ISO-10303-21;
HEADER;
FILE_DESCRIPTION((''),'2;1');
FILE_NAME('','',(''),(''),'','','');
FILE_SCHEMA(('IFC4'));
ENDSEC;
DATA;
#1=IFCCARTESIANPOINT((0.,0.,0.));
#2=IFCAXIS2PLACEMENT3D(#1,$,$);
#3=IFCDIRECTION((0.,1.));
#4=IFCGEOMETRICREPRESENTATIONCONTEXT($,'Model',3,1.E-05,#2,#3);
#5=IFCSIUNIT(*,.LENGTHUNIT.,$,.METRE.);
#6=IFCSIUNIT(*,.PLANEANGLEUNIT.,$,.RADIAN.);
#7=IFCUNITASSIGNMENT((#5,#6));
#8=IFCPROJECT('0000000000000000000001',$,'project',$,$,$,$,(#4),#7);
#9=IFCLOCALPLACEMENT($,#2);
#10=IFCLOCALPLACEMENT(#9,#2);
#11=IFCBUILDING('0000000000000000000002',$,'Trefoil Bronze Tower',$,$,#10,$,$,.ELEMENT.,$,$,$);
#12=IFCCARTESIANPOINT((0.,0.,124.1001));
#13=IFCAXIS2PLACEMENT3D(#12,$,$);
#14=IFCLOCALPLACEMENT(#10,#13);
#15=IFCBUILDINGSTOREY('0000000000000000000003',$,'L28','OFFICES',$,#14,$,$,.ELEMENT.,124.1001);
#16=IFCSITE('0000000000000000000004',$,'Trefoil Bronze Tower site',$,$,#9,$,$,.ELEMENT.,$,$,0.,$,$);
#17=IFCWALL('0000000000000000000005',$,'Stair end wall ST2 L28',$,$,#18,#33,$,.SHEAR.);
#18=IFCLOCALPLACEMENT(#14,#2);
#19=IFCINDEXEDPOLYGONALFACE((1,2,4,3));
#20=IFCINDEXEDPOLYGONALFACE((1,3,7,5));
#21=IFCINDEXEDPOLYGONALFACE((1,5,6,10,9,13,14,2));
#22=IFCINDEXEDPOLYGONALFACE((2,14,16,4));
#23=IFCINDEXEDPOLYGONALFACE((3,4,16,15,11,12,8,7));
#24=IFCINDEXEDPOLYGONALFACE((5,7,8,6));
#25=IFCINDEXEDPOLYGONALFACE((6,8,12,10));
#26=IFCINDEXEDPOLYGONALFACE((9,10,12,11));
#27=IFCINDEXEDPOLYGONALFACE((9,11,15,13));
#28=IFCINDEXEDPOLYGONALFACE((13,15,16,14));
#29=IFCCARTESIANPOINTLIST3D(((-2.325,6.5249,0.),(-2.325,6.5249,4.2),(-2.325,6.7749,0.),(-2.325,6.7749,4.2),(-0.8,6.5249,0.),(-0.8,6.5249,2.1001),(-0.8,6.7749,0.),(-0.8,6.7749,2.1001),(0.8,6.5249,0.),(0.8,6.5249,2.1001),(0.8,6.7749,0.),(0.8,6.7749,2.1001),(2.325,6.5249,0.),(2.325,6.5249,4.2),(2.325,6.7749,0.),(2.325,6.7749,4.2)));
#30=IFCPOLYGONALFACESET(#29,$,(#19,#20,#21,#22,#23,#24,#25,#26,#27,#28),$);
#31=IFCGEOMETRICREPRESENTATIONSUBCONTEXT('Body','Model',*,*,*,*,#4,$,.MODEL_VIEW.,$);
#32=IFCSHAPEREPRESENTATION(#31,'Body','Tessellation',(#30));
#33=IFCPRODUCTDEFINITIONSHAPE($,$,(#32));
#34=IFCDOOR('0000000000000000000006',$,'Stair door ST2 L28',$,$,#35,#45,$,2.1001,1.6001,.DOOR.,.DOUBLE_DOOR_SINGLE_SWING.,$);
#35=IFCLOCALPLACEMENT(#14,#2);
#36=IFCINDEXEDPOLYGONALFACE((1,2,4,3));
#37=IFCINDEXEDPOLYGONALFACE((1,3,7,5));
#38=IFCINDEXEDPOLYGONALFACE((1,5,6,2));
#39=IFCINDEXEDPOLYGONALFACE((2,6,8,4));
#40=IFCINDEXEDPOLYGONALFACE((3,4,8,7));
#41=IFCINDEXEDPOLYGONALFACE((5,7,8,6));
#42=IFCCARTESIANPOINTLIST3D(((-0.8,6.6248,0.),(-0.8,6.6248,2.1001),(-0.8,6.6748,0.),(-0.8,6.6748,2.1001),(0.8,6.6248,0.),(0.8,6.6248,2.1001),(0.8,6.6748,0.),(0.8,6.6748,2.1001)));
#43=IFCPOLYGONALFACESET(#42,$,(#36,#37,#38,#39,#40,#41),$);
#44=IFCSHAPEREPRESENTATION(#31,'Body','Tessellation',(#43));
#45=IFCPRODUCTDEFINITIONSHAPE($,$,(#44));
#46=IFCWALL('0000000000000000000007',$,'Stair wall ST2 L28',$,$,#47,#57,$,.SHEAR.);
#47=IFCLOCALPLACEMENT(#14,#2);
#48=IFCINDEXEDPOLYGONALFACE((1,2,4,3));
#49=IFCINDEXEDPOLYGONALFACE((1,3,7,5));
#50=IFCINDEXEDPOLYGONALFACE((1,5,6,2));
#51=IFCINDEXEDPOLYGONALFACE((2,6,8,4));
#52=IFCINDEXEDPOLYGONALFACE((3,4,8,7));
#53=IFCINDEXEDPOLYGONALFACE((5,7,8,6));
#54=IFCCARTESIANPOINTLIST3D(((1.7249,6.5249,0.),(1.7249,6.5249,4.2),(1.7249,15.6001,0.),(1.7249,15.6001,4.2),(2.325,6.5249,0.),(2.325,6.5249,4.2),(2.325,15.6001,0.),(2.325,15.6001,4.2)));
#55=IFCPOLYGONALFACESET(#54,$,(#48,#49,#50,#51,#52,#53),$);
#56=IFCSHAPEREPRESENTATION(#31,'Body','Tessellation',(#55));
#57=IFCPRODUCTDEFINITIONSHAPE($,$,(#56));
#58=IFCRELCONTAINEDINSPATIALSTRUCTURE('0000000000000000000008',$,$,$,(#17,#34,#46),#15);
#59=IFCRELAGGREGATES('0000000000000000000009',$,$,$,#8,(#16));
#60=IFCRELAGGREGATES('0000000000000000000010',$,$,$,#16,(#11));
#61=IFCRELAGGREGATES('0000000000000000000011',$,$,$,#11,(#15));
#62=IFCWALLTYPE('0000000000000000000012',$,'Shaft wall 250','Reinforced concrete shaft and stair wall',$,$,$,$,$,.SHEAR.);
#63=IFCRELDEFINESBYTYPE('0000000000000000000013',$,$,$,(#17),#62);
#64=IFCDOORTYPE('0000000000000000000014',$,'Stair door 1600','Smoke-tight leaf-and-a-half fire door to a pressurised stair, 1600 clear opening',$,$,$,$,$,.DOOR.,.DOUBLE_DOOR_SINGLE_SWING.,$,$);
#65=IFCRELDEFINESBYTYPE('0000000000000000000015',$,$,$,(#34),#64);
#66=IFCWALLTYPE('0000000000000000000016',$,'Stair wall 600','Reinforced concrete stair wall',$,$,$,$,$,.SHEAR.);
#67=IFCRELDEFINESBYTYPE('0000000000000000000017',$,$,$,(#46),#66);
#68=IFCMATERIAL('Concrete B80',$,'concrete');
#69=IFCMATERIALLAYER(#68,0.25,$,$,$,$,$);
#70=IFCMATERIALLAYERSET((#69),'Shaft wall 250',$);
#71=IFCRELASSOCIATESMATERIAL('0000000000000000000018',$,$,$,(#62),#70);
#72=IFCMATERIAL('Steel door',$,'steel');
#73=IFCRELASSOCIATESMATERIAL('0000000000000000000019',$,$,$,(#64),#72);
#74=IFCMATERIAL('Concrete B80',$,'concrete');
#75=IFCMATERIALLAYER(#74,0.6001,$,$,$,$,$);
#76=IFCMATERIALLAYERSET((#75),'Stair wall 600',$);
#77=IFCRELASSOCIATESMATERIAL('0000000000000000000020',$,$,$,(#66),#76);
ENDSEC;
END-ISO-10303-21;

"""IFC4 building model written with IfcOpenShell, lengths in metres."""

from ifc_helpers import new_model, si_unit, direction, frame, frame_2d, origin, place, context, subcontext, project, spatial, rectangle, extrude, material, layer, layer_set, type_object, element, fill, save


model = new_model("IFC4")

# Units and contexts
model_context = context("Model", 3, precision=1e-05, world=origin(), true_north=direction((0.0, 1.0)))
body_context = subcontext(model_context, "Body", "Model", "MODEL_VIEW")
ifc_project = project(units=[si_unit("LENGTHUNIT", "METRE"), si_unit("PLANEANGLEUNIT", "RADIAN")], contexts=[model_context])

# Site, building, storey
site_placement = place(None, origin())
site = spatial("IfcSite", under=ifc_project, at=site_placement, Name="Trefoil Bronze Tower site", CompositionType="ELEMENT", RefElevation=0.0)
building_placement = place(site_placement, origin())
building = spatial("IfcBuilding", under=site, at=building_placement, Name="Trefoil Bronze Tower", CompositionType="ELEMENT")
storey_placement = place(building_placement, frame((0.0, 0.0, 124.1001)))
storey = spatial("IfcBuildingStorey", under=building, at=storey_placement, Name="L28", Description="OFFICES", CompositionType="ELEMENT", Elevation=124.1001)

# Shared definitions
ifc_material_1 = material(Name="Concrete B80", Category="concrete")
ifc_layer_1 = layer(ifc_material_1, 0.25)
ifc_layer_set_1 = layer_set([ifc_layer_1], Name="Shaft wall 250")
wall_type_1 = type_object("IfcWallType", Name="Shaft wall 250", Description="Reinforced concrete shaft and stair wall", PredefinedType="SHEAR", material=ifc_layer_set_1)

# Wall, opening, door
wall_1_placement = place(storey_placement, frame((2.325, 6.6499, 0.0), z_axis=(0.0, 0.0, 1.0), x_axis=(-1.0, 0.0, 0.0)))
wall_1 = element("IfcWall", 1, at=wall_1_placement, inside=storey, type_object=wall_type_1, Name="Stair end wall ST2 L28", PredefinedType="SHEAR", context=body_context, shape_type="SweptSolid", body=[
    extrude(rectangle(XDim=4.6499, YDim=0.25, at=frame_2d((2.325, 0.0))), origin(), (0.0, 0.0, 1.0), 4.2),
])
opening_1_placement = place(wall_1_placement, frame((1.5249, 0.0, 0.0)))
opening_1 = element("IfcOpeningElement", 2, at=opening_1_placement, cuts=wall_1, PredefinedType="OPENING", context=body_context, shape_type="SweptSolid", body=[
    extrude(rectangle(XDim=1.6001, YDim=2.1001, at=frame_2d((0.8, 1.05))), frame((0.0, 0.135, 0.0), z_axis=(0.0, -1.0, 0.0), x_axis=(1.0, 0.0, 0.0)), (0.0, 0.0, 1.0), 0.27),
])
ifc_material_2 = material(Name="Steel door", Category="steel")
door_type_1 = type_object("IfcDoorType", Name="Stair door 1600", Description="Smoke-tight leaf-and-a-half fire door to a pressurised stair, 1600 clear opening", OperationType="DOUBLE_DOOR_SINGLE_SWING", PredefinedType="DOOR", material=ifc_material_2)
door_1_placement = place(opening_1_placement, frame((1.6001, 0.0, 0.0), z_axis=(0.0, 0.0, 1.0), x_axis=(-1.0, 0.0, 0.0)))
door_1 = element("IfcDoor", 3, at=door_1_placement, inside=storey, type_object=door_type_1, Name="Stair door ST2 L28", OperationType="DOUBLE_DOOR_SINGLE_SWING", OverallHeight=2.1001, OverallWidth=1.6001, PredefinedType="DOOR", context=body_context, shape_type="SweptSolid", body=[
    extrude(rectangle(XDim=1.6001, YDim=2.1001, at=frame_2d((0.8, 1.05))), frame((0.0, 0.0249, 0.0), z_axis=(0.0, -1.0, 0.0), x_axis=(1.0, 0.0, 0.0)), (0.0, 0.0, 1.0), 0.05),
])
fill(opening_1, door_1)

# Wall
ifc_material_3 = material(Name="Concrete B80", Category="concrete")
ifc_layer_2 = layer(ifc_material_3, 0.6001)
ifc_layer_set_2 = layer_set([ifc_layer_2], Name="Stair wall 600")
wall_type_2 = type_object("IfcWallType", Name="Stair wall 600", Description="Reinforced concrete stair wall", PredefinedType="SHEAR", material=ifc_layer_set_2)
wall_2_placement = place(storey_placement, frame((2.0249, 6.5249, 0.0), z_axis=(0.0, 0.0, 1.0), x_axis=(0.0, 1.0, 0.0)))
element("IfcWall", 4, at=wall_2_placement, inside=storey, type_object=wall_type_2, Name="Stair wall ST2 L28", PredefinedType="SHEAR", context=body_context, shape_type="SweptSolid", body=[
    extrude(rectangle(XDim=9.0752, YDim=0.6001, at=frame_2d((4.5376, 0.0))), origin(), (0.0, 0.0, 1.0), 4.2),
])

save(model, "model.ifc")
